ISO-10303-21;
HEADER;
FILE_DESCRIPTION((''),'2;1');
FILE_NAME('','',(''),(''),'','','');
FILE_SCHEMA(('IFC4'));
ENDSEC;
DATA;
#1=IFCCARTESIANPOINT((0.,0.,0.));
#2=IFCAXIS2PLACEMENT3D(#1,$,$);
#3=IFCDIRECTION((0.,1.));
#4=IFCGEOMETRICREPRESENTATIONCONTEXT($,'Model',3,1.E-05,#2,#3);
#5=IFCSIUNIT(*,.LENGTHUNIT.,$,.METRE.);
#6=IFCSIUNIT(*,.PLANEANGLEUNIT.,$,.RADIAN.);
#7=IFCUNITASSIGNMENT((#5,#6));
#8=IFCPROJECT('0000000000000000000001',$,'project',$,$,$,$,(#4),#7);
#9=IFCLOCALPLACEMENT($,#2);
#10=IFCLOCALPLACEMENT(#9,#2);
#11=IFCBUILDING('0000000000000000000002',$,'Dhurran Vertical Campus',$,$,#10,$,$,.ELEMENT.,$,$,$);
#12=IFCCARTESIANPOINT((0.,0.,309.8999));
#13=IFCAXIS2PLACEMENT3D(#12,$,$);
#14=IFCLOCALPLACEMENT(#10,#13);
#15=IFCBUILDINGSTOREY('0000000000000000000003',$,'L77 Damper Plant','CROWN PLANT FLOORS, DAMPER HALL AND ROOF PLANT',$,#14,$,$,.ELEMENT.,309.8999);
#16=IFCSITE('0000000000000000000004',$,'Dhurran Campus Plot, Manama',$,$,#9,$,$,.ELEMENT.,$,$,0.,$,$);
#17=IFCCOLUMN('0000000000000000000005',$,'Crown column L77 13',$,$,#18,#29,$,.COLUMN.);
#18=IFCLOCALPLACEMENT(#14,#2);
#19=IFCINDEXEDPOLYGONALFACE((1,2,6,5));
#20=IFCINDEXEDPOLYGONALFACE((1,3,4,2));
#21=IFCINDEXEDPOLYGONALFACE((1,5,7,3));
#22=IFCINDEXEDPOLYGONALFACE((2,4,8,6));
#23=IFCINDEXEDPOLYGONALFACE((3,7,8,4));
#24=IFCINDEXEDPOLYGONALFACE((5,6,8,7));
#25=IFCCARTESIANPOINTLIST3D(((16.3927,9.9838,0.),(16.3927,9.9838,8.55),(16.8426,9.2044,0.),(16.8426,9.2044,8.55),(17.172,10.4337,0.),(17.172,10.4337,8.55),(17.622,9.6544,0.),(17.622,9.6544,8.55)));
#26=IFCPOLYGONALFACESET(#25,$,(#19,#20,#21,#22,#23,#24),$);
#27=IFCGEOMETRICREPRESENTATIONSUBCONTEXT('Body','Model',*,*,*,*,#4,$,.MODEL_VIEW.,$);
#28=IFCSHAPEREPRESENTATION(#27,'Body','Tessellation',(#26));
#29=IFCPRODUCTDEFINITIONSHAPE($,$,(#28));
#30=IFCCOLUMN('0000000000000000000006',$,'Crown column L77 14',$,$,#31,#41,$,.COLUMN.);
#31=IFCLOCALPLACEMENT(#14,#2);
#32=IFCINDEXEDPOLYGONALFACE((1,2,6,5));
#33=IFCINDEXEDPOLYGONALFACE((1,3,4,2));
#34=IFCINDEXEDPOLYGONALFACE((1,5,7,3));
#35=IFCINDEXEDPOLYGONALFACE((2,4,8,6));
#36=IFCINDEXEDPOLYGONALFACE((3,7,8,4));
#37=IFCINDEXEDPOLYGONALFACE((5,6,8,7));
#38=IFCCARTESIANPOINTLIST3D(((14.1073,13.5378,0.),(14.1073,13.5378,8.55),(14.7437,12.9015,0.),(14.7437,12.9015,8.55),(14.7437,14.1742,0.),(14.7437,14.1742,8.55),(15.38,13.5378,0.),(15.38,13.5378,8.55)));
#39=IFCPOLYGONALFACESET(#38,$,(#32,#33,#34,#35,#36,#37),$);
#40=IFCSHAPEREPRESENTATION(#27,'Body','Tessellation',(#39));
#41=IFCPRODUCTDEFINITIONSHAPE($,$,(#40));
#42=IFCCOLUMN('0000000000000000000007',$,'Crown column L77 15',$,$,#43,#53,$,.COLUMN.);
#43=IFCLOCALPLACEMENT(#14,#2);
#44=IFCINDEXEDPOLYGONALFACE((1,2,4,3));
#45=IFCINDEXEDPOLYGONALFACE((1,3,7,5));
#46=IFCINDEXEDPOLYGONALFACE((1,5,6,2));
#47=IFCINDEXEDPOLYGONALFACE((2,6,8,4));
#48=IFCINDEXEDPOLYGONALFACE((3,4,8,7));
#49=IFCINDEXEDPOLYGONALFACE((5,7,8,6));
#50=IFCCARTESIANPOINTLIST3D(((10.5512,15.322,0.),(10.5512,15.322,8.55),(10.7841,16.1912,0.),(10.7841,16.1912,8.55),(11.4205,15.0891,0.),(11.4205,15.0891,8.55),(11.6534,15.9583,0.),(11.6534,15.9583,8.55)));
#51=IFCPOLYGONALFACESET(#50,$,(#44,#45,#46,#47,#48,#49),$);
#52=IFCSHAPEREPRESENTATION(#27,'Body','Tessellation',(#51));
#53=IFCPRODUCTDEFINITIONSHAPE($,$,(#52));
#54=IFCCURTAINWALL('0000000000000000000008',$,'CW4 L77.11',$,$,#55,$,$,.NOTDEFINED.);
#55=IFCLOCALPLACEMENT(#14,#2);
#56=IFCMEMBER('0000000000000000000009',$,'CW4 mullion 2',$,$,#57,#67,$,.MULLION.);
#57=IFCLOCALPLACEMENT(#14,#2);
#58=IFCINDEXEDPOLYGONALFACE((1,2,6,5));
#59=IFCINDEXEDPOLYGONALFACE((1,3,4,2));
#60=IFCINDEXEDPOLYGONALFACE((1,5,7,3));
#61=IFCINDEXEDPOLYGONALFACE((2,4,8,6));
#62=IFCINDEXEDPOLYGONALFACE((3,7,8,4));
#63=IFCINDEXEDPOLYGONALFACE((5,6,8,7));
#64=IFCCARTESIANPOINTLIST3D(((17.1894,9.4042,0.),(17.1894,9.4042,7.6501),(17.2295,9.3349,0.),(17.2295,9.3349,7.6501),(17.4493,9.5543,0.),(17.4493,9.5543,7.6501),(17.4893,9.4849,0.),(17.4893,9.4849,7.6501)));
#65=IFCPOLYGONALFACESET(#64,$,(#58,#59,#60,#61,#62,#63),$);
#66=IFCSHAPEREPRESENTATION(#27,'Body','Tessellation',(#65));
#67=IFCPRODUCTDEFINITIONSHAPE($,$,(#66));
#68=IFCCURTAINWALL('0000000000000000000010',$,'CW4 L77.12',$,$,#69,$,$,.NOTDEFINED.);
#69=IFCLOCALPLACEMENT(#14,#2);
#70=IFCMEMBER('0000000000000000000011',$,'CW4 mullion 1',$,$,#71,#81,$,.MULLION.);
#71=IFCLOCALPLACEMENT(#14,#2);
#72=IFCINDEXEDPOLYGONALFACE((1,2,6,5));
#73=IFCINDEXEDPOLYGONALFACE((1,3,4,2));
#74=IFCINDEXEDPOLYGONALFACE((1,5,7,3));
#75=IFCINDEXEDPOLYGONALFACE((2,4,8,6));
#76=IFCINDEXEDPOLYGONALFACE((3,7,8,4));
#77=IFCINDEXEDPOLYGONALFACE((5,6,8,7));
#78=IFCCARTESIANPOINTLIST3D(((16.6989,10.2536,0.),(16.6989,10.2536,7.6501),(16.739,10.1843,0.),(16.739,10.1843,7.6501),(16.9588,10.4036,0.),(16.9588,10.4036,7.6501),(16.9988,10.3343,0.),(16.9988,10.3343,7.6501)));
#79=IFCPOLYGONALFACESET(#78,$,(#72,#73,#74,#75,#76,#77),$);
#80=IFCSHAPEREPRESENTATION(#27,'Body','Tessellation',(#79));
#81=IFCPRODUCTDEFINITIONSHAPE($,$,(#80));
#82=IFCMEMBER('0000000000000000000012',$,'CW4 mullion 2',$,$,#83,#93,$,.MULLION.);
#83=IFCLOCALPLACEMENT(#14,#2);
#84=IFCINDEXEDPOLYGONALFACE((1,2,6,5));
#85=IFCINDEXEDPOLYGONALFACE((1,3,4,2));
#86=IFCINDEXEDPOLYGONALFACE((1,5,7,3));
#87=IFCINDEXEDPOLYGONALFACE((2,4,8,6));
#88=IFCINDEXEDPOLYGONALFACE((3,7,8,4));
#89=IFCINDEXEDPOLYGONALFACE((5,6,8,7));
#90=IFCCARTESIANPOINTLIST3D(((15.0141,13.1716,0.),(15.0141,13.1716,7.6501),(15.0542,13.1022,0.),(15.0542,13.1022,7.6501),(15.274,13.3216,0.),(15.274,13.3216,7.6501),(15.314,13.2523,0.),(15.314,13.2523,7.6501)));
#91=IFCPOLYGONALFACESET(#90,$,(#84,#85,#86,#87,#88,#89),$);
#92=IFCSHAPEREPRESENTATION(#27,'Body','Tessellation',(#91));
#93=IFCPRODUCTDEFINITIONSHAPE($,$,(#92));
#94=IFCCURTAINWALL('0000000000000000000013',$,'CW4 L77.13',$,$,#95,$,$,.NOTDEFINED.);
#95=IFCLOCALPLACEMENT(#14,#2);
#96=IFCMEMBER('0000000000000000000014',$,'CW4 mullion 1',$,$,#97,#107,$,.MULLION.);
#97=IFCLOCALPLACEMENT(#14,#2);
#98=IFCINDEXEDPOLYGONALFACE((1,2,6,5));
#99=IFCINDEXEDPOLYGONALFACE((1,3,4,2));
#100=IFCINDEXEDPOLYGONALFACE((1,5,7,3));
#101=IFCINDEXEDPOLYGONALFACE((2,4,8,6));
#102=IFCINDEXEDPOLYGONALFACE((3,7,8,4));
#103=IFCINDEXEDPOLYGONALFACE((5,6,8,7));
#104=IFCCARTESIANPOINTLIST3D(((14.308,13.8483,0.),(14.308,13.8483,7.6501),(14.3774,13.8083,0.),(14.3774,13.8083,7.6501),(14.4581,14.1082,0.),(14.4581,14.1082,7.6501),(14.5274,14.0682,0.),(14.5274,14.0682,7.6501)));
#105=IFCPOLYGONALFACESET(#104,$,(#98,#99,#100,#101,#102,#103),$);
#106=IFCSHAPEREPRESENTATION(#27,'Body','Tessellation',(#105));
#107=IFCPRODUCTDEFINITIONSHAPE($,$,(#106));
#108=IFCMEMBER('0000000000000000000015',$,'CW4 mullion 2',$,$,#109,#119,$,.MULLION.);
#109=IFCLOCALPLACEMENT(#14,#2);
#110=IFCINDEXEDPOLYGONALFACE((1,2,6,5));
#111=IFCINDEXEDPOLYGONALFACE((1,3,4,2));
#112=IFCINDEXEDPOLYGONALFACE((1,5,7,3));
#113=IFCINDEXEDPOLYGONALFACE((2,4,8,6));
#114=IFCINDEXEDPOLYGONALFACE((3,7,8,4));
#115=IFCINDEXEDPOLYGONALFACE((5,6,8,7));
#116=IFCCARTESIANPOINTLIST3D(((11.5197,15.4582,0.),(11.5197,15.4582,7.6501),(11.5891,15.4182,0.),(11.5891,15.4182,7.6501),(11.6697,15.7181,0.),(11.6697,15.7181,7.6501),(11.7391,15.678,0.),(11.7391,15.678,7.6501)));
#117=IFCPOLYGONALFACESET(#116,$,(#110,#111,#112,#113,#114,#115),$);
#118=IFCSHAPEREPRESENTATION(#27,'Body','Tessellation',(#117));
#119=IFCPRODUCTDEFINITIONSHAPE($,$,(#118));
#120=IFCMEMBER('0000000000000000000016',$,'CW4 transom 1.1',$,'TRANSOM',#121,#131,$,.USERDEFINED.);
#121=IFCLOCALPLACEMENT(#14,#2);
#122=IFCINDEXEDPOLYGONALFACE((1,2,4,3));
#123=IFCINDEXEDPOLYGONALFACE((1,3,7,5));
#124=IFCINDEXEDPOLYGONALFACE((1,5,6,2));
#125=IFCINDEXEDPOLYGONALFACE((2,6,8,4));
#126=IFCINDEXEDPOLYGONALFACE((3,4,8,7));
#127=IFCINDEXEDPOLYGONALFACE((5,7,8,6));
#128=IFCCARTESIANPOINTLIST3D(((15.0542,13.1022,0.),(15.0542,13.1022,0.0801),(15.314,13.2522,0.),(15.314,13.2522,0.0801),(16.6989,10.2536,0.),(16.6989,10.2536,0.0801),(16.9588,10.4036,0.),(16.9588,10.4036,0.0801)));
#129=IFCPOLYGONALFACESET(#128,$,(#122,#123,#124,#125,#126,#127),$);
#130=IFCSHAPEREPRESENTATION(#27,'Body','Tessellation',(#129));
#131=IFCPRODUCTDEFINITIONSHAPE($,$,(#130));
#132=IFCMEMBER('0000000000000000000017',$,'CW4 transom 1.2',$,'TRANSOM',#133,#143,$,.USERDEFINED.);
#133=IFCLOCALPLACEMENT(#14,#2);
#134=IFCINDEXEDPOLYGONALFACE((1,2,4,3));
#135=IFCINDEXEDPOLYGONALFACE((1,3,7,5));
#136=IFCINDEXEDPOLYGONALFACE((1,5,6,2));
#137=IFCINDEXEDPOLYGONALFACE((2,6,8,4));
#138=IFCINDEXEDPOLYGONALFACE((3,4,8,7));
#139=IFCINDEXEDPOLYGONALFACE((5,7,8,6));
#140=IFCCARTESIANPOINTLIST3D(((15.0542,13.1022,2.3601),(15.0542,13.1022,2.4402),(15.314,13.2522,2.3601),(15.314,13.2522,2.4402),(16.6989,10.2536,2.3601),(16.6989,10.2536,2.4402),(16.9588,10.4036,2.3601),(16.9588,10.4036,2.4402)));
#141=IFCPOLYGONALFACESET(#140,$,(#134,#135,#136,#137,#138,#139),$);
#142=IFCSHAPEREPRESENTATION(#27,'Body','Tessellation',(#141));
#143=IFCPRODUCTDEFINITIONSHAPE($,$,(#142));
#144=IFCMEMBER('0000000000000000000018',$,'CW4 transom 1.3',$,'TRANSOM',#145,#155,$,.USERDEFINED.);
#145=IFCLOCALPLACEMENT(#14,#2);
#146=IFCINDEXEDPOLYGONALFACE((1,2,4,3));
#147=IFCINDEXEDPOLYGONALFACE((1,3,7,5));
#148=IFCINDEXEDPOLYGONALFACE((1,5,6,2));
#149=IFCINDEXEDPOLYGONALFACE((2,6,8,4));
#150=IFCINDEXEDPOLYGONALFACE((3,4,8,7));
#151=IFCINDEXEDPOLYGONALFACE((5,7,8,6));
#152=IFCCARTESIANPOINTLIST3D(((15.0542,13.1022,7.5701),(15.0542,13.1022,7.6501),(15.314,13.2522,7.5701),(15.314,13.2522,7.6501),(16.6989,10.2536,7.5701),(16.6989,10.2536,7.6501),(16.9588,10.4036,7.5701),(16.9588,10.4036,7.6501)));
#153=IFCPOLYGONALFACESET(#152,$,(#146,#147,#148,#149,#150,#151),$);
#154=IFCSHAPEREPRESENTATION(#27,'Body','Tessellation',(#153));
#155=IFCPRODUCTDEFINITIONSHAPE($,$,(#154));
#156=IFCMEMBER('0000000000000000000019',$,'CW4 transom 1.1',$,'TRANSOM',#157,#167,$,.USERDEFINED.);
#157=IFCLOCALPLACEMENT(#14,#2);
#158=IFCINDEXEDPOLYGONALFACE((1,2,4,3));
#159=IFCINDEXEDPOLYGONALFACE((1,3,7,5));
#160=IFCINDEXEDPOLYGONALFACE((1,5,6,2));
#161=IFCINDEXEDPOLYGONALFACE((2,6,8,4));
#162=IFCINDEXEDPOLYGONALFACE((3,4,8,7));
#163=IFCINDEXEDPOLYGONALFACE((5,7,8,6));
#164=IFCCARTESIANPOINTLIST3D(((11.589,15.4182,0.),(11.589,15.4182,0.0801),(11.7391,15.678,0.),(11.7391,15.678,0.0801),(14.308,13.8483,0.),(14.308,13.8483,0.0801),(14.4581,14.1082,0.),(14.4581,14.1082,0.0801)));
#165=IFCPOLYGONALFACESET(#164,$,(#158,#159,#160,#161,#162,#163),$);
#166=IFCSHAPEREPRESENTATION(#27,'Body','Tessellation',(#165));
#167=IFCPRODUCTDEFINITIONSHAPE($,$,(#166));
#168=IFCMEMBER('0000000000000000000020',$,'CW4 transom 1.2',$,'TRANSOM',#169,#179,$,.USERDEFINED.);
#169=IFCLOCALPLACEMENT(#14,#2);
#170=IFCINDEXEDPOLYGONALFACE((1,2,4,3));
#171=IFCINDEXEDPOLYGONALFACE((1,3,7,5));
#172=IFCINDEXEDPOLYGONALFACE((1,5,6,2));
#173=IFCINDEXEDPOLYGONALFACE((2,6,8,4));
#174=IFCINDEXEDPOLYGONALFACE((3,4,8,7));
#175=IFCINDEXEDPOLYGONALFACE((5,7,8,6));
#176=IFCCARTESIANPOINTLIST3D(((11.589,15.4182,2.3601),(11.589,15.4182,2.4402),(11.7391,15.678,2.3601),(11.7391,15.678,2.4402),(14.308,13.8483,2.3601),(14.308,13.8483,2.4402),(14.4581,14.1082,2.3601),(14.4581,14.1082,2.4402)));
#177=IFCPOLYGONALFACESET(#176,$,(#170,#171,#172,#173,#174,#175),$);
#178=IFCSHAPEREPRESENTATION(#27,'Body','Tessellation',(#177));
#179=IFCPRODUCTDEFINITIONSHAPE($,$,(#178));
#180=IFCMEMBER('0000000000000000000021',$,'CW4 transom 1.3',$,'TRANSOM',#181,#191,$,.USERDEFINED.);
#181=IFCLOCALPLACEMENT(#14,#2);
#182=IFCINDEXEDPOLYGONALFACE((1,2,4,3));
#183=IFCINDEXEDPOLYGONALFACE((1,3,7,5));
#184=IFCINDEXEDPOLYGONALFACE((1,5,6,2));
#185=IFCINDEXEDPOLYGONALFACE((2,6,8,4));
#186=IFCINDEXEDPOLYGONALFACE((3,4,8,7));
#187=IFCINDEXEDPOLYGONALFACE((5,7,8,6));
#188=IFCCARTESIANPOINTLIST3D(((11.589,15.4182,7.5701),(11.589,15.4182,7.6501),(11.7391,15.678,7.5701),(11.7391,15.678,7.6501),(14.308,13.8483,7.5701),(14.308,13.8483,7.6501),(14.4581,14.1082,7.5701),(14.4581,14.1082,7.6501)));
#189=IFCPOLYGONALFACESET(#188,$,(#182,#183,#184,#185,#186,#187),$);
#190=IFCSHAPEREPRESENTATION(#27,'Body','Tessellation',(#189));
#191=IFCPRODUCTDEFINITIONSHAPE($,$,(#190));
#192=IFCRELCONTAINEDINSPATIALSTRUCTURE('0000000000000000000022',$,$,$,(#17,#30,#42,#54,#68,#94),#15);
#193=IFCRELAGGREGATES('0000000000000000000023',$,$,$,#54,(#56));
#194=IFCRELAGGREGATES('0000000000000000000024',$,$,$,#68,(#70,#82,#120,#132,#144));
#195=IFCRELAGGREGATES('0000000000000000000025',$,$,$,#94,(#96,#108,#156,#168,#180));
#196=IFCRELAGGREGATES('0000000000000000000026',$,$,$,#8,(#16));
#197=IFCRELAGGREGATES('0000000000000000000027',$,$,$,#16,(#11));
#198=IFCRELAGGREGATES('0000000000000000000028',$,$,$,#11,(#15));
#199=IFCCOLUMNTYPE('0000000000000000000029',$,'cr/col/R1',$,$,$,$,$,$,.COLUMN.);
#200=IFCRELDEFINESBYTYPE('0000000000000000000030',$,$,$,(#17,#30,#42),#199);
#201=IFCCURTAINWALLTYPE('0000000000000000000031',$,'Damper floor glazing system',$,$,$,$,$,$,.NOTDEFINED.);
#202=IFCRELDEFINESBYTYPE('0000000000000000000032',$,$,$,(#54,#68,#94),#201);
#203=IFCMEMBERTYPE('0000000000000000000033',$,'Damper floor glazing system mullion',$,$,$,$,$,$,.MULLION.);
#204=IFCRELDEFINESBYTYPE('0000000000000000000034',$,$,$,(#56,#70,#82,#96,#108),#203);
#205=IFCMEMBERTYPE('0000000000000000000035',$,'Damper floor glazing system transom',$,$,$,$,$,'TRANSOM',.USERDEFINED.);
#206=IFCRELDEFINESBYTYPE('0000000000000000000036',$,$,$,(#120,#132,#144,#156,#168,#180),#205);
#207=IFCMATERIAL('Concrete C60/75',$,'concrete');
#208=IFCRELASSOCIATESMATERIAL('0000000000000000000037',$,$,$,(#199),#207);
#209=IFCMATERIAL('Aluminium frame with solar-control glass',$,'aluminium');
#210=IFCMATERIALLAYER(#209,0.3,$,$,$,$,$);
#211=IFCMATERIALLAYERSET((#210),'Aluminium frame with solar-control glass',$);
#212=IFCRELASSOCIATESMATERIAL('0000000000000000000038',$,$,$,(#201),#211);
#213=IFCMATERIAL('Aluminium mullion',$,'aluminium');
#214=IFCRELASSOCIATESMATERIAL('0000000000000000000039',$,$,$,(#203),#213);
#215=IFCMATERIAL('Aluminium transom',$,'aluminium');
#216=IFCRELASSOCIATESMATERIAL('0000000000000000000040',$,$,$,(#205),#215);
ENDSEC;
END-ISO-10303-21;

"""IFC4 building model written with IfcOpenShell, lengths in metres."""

from ifc_helpers import new_model, si_unit, direction, frame, origin, origin_2d, place, context, subcontext, project, spatial, rectangle, extrude, material, layer, layer_set, material_profile, profile_set, type_object, element, aggregate, save


model = new_model("IFC4")

# Units and contexts
model_context = context("Model", 3, precision=1e-05, world=origin(), true_north=direction((0.0, 1.0)))
body_context = subcontext(model_context, "Body", "Model", "MODEL_VIEW")
ifc_project = project(units=[si_unit("LENGTHUNIT", "METRE"), si_unit("PLANEANGLEUNIT", "RADIAN")], contexts=[model_context])

# Site, building, storey
site_placement = place(None, origin())
site = spatial("IfcSite", under=ifc_project, at=site_placement, Name="Dhurran Campus Plot, Manama", CompositionType="ELEMENT", RefElevation=0.0)
building_placement = place(site_placement, origin())
building = spatial("IfcBuilding", under=site, at=building_placement, Name="Dhurran Vertical Campus", CompositionType="ELEMENT")
storey_placement = place(building_placement, frame((0.0, 0.0, 309.8999)))
storey = spatial("IfcBuildingStorey", under=building, at=storey_placement, Name="L77 Damper Plant", Description="CROWN PLANT FLOORS, DAMPER HALL AND ROOF PLANT", CompositionType="ELEMENT", Elevation=309.8999)

# Columns
ifc_material_1 = material(Name="Concrete C60/75", Category="concrete")
ifc_material_profile_1 = material_profile(ifc_material_1, rectangle(XDim=0.8999, YDim=0.8999, at=origin_2d()), Name="cr/col/R1")
ifc_profile_set_1 = profile_set([ifc_material_profile_1], Name="Concrete C60/75")
column_type = type_object("IfcColumnType", Name="cr/col/R1", PredefinedType="COLUMN", material=ifc_profile_set_1)
for number, where, z_axis, x_axis, name in (
    (1, (17.0073, 9.8191, 0.0), (0.0, 0.0, 1.0), (-0.5, 0.866025, 0.0), "Crown column L77 13"),
    (2, (14.7437, 13.5378, 0.0), (0.0, 0.0, 1.0), (-0.707107, 0.707107, 0.0), "Crown column L77 14"),
    (3, (11.1023, 15.6401, 0.0), (0.0, 0.0, 1.0), (-0.965926, 0.258819, 0.0), "Crown column L77 15"),
):
    element("IfcColumn", number, at=place(storey_placement, frame(where, z_axis=z_axis, x_axis=x_axis)), inside=storey, type_object=column_type, Name=name, PredefinedType="COLUMN", context=body_context, shape_type="SweptSolid", body=[
        extrude(rectangle(XDim=0.8999, YDim=0.8999, at=origin_2d()), origin(), (0.0, 0.0, 1.0), 8.55),
    ])

# Curtain wall, member
ifc_material_2 = material(Name="Aluminium frame with solar-control glass", Category="aluminium")
ifc_layer_1 = layer(ifc_material_2, 0.3)
ifc_layer_set_1 = layer_set([ifc_layer_1], Name="Aluminium frame with solar-control glass")
curtain_wall_type = type_object("IfcCurtainWallType", Name="Damper floor glazing system", PredefinedType="NOTDEFINED", material=ifc_layer_set_1)
curtain_wall_1_placement = place(storey_placement, origin())
curtain_wall_1 = element("IfcCurtainWall", 4, at=curtain_wall_1_placement, inside=storey, type_object=curtain_wall_type, Name="CW4 L77.11", PredefinedType="NOTDEFINED")
ifc_material_3 = material(Name="Aluminium mullion", Category="aluminium")
ifc_material_profile_2 = material_profile(ifc_material_3, rectangle(XDim=0.3, YDim=0.0801, at=origin_2d()), Name="Damper floor glazing system mullion")
ifc_profile_set_2 = profile_set([ifc_material_profile_2], Name="Aluminium mullion")
member_type_1 = type_object("IfcMemberType", Name="Damper floor glazing system mullion", PredefinedType="MULLION", material=ifc_profile_set_2)
member_1_placement = place(storey_placement, frame((17.3394, 9.4446, 0.0), z_axis=(0.0, 0.0, 1.0), x_axis=(-0.866024, -0.500003, 0.0)))
member_1 = element("IfcMember", 5, at=member_1_placement, type_object=member_type_1, Name="CW4 mullion 2", PredefinedType="MULLION", context=body_context, shape_type="SweptSolid", body=[
    extrude(rectangle(XDim=0.3, YDim=0.0801, at=origin_2d()), origin(), (0.0, 0.0, 1.0), 7.6501),
])
aggregate(curtain_wall_1, [member_1])

# Curtain walls, members
curtain_wall_2_placement = place(storey_placement, origin())
curtain_wall_2 = element("IfcCurtainWall", 6, at=curtain_wall_2_placement, inside=storey, type_object=curtain_wall_type, Name="CW4 L77.12", PredefinedType="NOTDEFINED")
member_2_placement = place(storey_placement, frame((16.8489, 10.2939, 0.0), z_axis=(0.0, 0.0, 1.0), x_axis=(-0.86602, -0.500009, 0.0)))
member_2 = element("IfcMember", 7, at=member_2_placement, type_object=member_type_1, Name="CW4 mullion 1", PredefinedType="MULLION", context=body_context, shape_type="SweptSolid", body=[
    extrude(rectangle(XDim=0.3, YDim=0.0801, at=origin_2d()), origin(), (0.0, 0.0, 1.0), 7.6501),
])
member_3_placement = place(storey_placement, frame((15.1641, 13.2119, 0.0), z_axis=(0.0, 0.0, 1.0), x_axis=(-0.86602, -0.500009, 0.0)))
member_3 = element("IfcMember", 8, at=member_3_placement, type_object=member_type_1, Name="CW4 mullion 2", PredefinedType="MULLION", context=body_context, shape_type="SweptSolid", body=[
    extrude(rectangle(XDim=0.3, YDim=0.0801, at=origin_2d()), origin(), (0.0, 0.0, 1.0), 7.6501),
])
curtain_wall_3_placement = place(storey_placement, origin())
curtain_wall_3 = element("IfcCurtainWall", 9, at=curtain_wall_3_placement, inside=storey, type_object=curtain_wall_type, Name="CW4 L77.13", PredefinedType="NOTDEFINED")
member_4_placement = place(storey_placement, frame((14.4177, 13.9583, 0.0), z_axis=(0.0, 0.0, 1.0), x_axis=(-0.500001, -0.866025, 0.0)))
member_4 = element("IfcMember", 10, at=member_4_placement, type_object=member_type_1, Name="CW4 mullion 1", PredefinedType="MULLION", context=body_context, shape_type="SweptSolid", body=[
    extrude(rectangle(XDim=0.3, YDim=0.0801, at=origin_2d()), origin(), (0.0, 0.0, 1.0), 7.6501),
])
member_5_placement = place(storey_placement, frame((11.6294, 15.5681, 0.0), z_axis=(0.0, 0.0, 1.0), x_axis=(-0.500001, -0.866025, 0.0)))
member_5 = element("IfcMember", 11, at=member_5_placement, type_object=member_type_1, Name="CW4 mullion 2", PredefinedType="MULLION", context=body_context, shape_type="SweptSolid", body=[
    extrude(rectangle(XDim=0.3, YDim=0.0801, at=origin_2d()), origin(), (0.0, 0.0, 1.0), 7.6501),
])

# Members
ifc_material_4 = material(Name="Aluminium transom", Category="aluminium")
ifc_material_profile_3 = material_profile(ifc_material_4, rectangle(XDim=0.3, YDim=0.0801, at=origin_2d()), Name="Damper floor glazing system transom")
ifc_profile_set_3 = profile_set([ifc_material_profile_3], Name="Aluminium transom")
member_type_2 = type_object("IfcMemberType", Name="Damper floor glazing system transom", ElementType="TRANSOM", PredefinedType="USERDEFINED", material=ifc_profile_set_3)
member_6_placement = place(storey_placement, frame((16.8289, 10.3286, 0.04), z_axis=(-0.500027, 0.86601, 0.0), x_axis=(-0.86601, -0.500027, 0.0)))
member_6 = element("IfcMember", 12, at=member_6_placement, type_object=member_type_2, Name="CW4 transom 1.1", ObjectType="TRANSOM", PredefinedType="USERDEFINED", context=body_context, shape_type="SweptSolid", body=[
    extrude(rectangle(XDim=0.3, YDim=0.0801, at=origin_2d()), origin(), (0.0, 0.0, 1.0), 3.2893),
])
member_7_placement = place(storey_placement, frame((16.8289, 10.3286, 2.4001), z_axis=(-0.500027, 0.86601, 0.0), x_axis=(-0.86601, -0.500027, 0.0)))
member_7 = element("IfcMember", 13, at=member_7_placement, type_object=member_type_2, Name="CW4 transom 1.2", ObjectType="TRANSOM", PredefinedType="USERDEFINED", context=body_context, shape_type="SweptSolid", body=[
    extrude(rectangle(XDim=0.3, YDim=0.0801, at=origin_2d()), origin(), (0.0, 0.0, 1.0), 3.2893),
])
member_8_placement = place(storey_placement, frame((16.8289, 10.3286, 7.6101), z_axis=(-0.500027, 0.86601, 0.0), x_axis=(-0.86601, -0.500027, 0.0)))
member_8 = element("IfcMember", 14, at=member_8_placement, type_object=member_type_2, Name="CW4 transom 1.3", ObjectType="TRANSOM", PredefinedType="USERDEFINED", context=body_context, shape_type="SweptSolid", body=[
    extrude(rectangle(XDim=0.3, YDim=0.0801, at=origin_2d()), origin(), (0.0, 0.0, 1.0), 3.2893),
])
member_9_placement = place(storey_placement, frame((14.3831, 13.9783, 0.04), z_axis=(-0.866024, 0.500003, 0.0), x_axis=(-0.500003, -0.866024, 0.0)))
member_9 = element("IfcMember", 15, at=member_9_placement, type_object=member_type_2, Name="CW4 transom 1.1", ObjectType="TRANSOM", PredefinedType="USERDEFINED", context=body_context, shape_type="SweptSolid", body=[
    extrude(rectangle(XDim=0.3, YDim=0.0801, at=origin_2d()), origin(), (0.0, 0.0, 1.0), 3.1396),
])
member_10_placement = place(storey_placement, frame((14.3831, 13.9783, 2.4001), z_axis=(-0.866024, 0.500003, 0.0), x_axis=(-0.500003, -0.866024, 0.0)))
member_10 = element("IfcMember", 16, at=member_10_placement, type_object=member_type_2, Name="CW4 transom 1.2", ObjectType="TRANSOM", PredefinedType="USERDEFINED", context=body_context, shape_type="SweptSolid", body=[
    extrude(rectangle(XDim=0.3, YDim=0.0801, at=origin_2d()), origin(), (0.0, 0.0, 1.0), 3.1396),
])
member_11_placement = place(storey_placement, frame((14.3831, 13.9783, 7.6101), z_axis=(-0.866024, 0.500003, 0.0), x_axis=(-0.500003, -0.866024, 0.0)))
member_11 = element("IfcMember", 17, at=member_11_placement, type_object=member_type_2, Name="CW4 transom 1.3", ObjectType="TRANSOM", PredefinedType="USERDEFINED", context=body_context, shape_type="SweptSolid", body=[
    extrude(rectangle(XDim=0.3, YDim=0.0801, at=origin_2d()), origin(), (0.0, 0.0, 1.0), 3.1396),
])

aggregate(curtain_wall_2, [member_2, member_3, member_6, member_7, member_8])
aggregate(curtain_wall_3, [member_4, member_5, member_9, member_10, member_11])

save(model, "model.ifc")
